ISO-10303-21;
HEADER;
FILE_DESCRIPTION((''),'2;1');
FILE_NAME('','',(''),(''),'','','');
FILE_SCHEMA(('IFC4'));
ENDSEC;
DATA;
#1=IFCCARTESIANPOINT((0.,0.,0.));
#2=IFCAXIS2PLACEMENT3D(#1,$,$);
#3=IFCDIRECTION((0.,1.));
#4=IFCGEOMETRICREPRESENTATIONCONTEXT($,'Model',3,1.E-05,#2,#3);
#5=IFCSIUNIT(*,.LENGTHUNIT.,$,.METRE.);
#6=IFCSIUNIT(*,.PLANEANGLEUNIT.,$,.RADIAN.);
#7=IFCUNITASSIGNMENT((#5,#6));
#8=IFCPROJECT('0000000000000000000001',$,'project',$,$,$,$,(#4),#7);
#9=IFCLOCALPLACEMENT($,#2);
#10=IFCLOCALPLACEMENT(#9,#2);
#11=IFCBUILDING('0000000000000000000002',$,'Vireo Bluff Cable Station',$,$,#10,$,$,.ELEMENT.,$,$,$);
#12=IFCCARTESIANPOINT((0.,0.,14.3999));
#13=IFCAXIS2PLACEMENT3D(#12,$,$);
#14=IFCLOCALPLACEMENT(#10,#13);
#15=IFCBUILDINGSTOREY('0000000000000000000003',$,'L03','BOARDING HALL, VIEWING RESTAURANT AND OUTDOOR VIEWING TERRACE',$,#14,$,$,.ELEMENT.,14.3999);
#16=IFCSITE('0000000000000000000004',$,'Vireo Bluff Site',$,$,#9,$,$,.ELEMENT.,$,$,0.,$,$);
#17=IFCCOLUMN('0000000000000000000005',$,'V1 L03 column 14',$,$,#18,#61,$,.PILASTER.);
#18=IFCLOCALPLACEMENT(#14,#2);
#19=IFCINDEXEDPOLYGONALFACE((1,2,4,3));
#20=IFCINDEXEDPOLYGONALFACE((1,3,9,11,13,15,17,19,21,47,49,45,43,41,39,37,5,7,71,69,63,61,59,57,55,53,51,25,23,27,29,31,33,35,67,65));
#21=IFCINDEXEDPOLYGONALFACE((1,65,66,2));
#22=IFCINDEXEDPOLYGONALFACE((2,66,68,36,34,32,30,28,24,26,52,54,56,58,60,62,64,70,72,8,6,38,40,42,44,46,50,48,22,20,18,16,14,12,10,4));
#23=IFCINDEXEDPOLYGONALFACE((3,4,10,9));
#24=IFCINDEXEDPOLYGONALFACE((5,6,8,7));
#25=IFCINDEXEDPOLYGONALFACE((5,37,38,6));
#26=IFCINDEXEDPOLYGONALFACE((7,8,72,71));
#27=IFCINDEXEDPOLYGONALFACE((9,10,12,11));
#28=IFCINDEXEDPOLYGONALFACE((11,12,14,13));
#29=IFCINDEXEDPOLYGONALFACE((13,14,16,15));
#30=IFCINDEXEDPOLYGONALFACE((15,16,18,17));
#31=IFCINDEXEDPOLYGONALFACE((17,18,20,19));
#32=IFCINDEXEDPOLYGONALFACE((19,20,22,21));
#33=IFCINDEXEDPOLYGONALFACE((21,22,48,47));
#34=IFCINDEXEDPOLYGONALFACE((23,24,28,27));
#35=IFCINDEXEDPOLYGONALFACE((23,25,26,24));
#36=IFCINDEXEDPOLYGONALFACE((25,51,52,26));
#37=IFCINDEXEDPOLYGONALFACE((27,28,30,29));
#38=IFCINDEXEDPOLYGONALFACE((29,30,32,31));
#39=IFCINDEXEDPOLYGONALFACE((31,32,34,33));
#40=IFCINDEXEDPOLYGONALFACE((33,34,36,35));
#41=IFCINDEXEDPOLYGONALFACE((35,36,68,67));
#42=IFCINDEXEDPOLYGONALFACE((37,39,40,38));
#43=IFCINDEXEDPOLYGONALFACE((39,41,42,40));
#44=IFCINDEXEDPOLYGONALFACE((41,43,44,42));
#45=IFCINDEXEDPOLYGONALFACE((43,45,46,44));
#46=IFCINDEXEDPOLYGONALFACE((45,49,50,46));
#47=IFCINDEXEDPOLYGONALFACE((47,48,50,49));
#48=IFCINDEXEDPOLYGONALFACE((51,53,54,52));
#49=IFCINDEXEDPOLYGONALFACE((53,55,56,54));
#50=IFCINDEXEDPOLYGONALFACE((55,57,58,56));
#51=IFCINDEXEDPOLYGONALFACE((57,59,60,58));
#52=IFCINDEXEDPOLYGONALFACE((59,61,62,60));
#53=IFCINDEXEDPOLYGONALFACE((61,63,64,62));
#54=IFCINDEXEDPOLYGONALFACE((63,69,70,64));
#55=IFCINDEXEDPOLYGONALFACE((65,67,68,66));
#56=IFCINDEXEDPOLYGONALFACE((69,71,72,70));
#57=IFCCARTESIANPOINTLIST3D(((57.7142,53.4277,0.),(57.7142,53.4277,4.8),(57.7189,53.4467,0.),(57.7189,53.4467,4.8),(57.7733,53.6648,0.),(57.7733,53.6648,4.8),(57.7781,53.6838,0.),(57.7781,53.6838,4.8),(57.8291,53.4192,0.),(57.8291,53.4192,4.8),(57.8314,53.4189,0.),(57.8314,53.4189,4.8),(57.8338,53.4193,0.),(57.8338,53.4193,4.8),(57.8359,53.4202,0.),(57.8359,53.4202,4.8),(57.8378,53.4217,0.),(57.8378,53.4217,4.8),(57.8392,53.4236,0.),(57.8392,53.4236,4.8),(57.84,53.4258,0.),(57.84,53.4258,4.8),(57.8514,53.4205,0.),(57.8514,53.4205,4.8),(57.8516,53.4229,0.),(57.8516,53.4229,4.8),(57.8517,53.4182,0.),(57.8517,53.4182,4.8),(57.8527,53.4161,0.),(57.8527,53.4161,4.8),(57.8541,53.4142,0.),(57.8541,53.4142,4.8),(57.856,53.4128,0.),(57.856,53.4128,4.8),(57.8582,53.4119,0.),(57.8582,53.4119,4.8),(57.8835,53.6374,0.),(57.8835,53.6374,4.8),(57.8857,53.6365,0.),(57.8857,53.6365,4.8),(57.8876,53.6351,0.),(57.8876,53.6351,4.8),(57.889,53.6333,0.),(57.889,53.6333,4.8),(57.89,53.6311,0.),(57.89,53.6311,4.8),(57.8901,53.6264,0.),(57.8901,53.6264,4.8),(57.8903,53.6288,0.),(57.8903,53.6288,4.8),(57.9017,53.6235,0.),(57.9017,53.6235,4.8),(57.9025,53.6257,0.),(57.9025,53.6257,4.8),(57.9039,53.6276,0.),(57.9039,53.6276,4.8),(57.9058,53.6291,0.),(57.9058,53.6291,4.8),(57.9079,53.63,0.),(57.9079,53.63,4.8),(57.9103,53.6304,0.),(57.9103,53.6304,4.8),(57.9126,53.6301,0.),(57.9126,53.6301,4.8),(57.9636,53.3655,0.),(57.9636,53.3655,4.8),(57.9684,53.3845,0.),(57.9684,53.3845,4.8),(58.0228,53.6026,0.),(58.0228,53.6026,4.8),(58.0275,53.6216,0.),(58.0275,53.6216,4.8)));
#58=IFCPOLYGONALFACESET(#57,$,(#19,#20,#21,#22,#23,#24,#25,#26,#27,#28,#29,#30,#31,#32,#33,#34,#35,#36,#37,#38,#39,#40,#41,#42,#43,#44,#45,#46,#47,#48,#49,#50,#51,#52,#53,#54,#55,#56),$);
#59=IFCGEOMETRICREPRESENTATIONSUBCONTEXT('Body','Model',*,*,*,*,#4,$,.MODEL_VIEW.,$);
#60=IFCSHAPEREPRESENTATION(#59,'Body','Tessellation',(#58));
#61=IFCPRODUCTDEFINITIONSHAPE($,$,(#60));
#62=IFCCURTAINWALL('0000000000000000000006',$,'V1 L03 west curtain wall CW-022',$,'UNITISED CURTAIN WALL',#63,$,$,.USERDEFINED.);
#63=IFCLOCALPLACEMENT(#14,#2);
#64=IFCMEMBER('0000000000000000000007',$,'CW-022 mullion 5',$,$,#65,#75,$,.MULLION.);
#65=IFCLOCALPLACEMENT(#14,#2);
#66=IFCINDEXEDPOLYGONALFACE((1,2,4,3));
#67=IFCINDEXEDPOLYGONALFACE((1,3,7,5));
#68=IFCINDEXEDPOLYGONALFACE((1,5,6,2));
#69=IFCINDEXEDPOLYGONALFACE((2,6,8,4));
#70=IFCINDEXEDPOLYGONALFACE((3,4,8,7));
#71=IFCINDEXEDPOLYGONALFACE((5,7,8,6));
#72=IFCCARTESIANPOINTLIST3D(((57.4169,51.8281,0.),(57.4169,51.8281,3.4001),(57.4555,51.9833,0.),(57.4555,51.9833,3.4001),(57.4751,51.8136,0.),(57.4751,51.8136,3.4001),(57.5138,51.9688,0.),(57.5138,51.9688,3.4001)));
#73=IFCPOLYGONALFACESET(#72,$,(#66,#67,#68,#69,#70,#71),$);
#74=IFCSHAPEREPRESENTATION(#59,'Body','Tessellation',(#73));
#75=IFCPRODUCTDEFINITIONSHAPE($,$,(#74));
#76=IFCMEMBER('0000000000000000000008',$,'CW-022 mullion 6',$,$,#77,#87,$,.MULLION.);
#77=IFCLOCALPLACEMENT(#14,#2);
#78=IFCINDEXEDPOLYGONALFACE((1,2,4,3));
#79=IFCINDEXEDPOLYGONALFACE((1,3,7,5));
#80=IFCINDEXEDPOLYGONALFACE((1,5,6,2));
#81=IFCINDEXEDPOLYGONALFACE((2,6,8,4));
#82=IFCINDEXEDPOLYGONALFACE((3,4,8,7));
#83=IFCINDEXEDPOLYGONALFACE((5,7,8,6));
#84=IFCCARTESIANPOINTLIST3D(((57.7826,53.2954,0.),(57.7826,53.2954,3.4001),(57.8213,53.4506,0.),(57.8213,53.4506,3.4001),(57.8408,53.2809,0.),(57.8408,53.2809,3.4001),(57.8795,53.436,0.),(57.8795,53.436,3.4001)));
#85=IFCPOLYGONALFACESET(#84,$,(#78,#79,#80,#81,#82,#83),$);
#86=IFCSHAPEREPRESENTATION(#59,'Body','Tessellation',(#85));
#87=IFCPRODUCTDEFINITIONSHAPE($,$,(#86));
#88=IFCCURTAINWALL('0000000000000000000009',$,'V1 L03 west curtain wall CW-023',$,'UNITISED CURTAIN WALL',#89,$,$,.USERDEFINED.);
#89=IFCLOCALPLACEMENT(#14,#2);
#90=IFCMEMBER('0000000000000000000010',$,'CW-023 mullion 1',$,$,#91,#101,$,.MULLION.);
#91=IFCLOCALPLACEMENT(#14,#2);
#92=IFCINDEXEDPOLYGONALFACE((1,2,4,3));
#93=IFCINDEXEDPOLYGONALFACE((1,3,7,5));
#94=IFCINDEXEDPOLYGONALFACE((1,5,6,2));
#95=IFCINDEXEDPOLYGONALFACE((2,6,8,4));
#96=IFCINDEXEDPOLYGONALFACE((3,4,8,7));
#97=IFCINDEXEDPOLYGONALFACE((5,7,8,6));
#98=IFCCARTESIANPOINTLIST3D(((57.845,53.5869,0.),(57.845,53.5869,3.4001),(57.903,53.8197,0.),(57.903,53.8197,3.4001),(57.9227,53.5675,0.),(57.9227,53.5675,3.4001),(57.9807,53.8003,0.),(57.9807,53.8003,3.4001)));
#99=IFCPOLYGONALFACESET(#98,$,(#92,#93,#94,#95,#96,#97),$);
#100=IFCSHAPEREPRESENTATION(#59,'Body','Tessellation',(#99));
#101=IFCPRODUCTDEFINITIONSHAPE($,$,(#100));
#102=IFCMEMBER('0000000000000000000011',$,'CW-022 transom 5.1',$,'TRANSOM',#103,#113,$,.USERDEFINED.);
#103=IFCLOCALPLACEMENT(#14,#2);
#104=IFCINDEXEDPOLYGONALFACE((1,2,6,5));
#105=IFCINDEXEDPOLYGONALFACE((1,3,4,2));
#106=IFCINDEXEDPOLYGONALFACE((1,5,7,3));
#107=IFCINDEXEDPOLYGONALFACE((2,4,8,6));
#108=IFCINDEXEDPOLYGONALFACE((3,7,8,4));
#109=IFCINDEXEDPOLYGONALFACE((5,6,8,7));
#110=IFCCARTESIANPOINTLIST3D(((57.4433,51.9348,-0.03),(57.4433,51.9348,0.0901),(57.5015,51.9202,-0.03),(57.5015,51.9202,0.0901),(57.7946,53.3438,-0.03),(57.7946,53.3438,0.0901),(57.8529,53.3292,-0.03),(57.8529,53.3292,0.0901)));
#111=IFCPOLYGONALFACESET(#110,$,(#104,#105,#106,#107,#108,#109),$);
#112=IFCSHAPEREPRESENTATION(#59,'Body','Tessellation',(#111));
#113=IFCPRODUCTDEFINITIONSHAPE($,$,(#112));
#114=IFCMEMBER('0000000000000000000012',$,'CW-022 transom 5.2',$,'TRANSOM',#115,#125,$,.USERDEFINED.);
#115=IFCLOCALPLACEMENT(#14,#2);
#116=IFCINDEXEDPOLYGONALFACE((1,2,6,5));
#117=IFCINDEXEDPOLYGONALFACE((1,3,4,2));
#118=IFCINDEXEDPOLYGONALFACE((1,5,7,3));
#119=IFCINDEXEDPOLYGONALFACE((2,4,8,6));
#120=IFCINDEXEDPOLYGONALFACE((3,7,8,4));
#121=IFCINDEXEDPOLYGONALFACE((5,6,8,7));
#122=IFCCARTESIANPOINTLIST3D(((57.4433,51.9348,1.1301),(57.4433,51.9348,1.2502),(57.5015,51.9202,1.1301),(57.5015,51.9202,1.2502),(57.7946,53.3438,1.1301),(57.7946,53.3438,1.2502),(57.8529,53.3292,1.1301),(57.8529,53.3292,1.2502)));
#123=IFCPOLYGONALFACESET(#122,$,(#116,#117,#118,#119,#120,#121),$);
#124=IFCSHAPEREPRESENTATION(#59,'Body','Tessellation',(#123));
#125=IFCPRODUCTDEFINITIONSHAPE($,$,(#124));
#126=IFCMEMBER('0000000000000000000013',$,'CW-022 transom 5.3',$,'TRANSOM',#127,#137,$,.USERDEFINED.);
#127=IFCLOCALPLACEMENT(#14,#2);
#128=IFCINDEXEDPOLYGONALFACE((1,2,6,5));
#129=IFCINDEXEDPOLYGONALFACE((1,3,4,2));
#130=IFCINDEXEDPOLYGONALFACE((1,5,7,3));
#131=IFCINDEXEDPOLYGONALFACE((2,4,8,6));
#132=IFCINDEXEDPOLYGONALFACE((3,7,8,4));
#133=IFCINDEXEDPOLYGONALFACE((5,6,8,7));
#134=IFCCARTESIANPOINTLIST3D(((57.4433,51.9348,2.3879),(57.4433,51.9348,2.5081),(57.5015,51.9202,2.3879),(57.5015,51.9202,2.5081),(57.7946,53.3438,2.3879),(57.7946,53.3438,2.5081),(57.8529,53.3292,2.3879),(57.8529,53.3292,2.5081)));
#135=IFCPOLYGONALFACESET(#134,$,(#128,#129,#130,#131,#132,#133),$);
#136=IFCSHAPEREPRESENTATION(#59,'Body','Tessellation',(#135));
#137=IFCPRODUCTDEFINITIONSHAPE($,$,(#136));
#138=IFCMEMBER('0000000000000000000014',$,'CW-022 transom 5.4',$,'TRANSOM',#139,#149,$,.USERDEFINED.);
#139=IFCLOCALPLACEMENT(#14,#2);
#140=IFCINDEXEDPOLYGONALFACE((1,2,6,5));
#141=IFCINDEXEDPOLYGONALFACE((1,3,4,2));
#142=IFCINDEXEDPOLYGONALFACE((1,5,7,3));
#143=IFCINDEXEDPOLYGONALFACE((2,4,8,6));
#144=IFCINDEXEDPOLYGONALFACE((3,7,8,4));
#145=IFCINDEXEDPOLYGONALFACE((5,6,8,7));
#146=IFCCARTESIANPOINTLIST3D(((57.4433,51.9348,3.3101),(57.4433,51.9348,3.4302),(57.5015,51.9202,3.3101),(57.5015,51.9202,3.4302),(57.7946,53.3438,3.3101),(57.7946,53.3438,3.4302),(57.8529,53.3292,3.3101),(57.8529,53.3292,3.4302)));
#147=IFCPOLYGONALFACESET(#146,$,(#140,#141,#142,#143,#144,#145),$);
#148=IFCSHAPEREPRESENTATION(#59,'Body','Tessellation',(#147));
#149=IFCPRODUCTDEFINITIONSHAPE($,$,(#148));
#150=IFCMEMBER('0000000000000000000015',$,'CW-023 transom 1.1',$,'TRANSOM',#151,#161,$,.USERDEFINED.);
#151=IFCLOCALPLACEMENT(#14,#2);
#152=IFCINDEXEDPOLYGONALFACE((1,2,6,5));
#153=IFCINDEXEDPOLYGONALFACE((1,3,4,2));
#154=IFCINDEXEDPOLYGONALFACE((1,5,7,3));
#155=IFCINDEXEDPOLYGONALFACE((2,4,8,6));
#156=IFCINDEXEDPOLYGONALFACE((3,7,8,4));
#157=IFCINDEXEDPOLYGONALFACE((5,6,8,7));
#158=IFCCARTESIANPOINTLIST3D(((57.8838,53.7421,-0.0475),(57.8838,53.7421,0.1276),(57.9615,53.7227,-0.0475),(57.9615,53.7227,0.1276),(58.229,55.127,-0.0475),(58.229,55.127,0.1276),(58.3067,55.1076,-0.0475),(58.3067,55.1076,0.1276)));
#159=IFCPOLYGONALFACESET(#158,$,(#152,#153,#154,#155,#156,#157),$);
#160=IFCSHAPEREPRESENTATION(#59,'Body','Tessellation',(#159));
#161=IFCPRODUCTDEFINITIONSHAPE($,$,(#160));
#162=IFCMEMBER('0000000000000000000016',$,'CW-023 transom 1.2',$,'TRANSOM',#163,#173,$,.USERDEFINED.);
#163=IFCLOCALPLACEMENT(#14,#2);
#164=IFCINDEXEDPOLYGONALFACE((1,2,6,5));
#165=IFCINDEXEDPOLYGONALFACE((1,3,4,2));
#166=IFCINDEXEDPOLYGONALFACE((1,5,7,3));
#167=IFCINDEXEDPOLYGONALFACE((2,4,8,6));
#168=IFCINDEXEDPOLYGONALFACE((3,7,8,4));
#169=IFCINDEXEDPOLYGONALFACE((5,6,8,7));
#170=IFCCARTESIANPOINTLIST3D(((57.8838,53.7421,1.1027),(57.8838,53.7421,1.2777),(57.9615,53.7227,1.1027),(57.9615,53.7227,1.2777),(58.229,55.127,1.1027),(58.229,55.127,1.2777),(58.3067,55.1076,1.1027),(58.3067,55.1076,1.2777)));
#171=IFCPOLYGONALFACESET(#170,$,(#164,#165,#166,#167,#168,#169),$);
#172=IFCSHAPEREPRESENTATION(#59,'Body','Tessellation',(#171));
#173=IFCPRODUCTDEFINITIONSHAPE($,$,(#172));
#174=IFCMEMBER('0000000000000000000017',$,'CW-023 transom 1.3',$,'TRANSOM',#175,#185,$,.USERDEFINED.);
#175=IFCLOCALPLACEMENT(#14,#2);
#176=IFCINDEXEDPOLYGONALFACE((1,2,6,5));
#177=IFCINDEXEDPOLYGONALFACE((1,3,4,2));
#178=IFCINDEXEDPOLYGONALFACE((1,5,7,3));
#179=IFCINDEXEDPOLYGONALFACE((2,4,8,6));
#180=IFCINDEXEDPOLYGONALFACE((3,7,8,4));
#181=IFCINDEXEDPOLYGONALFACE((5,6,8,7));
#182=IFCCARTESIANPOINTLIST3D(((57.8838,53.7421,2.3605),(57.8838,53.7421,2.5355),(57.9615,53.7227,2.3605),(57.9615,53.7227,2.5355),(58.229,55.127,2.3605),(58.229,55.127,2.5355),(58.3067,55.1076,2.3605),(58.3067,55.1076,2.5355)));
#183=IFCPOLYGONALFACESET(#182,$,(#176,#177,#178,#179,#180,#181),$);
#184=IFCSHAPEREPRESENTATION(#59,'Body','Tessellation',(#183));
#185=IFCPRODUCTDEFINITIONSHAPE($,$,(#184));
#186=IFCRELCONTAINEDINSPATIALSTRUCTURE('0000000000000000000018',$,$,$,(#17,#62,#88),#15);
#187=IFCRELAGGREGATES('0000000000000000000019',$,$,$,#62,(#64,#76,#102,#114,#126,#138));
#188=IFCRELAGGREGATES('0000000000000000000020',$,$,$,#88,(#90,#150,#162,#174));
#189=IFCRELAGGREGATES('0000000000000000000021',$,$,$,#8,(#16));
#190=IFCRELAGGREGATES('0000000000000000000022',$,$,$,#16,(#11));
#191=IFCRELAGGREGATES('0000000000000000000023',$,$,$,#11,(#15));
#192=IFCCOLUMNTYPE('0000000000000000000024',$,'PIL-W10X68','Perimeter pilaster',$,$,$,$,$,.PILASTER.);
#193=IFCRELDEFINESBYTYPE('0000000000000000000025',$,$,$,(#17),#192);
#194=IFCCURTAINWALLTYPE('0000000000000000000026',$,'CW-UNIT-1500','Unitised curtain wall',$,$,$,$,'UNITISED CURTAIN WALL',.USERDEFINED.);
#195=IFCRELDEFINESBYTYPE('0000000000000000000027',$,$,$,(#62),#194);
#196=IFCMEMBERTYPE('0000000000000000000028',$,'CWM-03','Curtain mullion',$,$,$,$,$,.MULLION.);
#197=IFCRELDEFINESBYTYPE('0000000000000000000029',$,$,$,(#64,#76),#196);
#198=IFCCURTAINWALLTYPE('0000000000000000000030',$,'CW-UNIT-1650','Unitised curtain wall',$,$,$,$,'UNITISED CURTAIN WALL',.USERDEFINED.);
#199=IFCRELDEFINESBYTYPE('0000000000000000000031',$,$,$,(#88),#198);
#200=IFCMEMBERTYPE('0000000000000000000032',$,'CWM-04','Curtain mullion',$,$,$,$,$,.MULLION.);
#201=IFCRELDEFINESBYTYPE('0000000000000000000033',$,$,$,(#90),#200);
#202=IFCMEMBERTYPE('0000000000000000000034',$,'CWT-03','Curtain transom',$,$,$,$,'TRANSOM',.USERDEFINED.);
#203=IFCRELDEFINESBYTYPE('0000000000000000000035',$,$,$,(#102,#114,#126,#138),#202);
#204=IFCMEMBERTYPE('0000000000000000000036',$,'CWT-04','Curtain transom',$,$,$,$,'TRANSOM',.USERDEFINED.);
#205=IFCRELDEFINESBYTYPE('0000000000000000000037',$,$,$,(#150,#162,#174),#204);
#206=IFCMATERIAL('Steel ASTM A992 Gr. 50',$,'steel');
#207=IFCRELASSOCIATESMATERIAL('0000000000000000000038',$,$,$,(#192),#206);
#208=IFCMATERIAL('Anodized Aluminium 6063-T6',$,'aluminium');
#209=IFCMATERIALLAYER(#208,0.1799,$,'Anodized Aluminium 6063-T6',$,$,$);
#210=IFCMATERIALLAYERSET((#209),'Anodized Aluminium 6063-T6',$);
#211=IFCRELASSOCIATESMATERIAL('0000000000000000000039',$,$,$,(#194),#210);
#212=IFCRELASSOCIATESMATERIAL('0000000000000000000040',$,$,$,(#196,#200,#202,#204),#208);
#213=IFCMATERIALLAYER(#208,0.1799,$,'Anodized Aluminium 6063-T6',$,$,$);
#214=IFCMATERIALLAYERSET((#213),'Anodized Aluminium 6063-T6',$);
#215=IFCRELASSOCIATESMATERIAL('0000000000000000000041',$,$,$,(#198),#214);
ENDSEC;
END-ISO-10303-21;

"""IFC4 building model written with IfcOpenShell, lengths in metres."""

from ifc_helpers import new_model, si_unit, direction, frame, origin, origin_2d, place, context, subcontext, project, spatial, rectangle, i_section, extrude, material, layer, layer_set, material_profile, profile_set, type_object, element, aggregate, save


model = new_model("IFC4")

# Units and contexts
model_context = context("Model", 3, precision=1e-05, world=origin(), true_north=direction((0.0, 1.0)))
body_context = subcontext(model_context, "Body", "Model", "MODEL_VIEW")
ifc_project = project(units=[si_unit("LENGTHUNIT", "METRE"), si_unit("PLANEANGLEUNIT", "RADIAN")], contexts=[model_context])

# Site, building, storey
site_placement = place(None, origin())
site = spatial("IfcSite", under=ifc_project, at=site_placement, Name="Vireo Bluff Site", CompositionType="ELEMENT", RefElevation=0.0)
building_placement = place(site_placement, origin())
building = spatial("IfcBuilding", under=site, at=building_placement, Name="Vireo Bluff Cable Station", CompositionType="ELEMENT")
storey_placement = place(building_placement, frame((0.0, 0.0, 14.3999)))
storey = spatial("IfcBuildingStorey", under=building, at=storey_placement, Name="L03", Description="BOARDING HALL, VIEWING RESTAURANT AND OUTDOOR VIEWING TERRACE", CompositionType="ELEMENT", Elevation=14.3999)

# Column
ifc_material_1 = material(Name="Steel ASTM A992 Gr. 50", Category="steel")
ifc_material_profile_1 = material_profile(ifc_material_1, i_section(OverallWidth=0.2571, OverallDepth=0.2639, WebThickness=0.012, FlangeThickness=0.0195, FilletRadius=0.009, at=origin_2d()), Name="W10X68")
ifc_profile_set_1 = profile_set([ifc_material_profile_1], Name="Steel ASTM A992 Gr. 50")
column_type = type_object("IfcColumnType", Name="PIL-W10X68", Description="Perimeter pilaster", PredefinedType="PILASTER", material=ifc_profile_set_1)
column_placement = place(storey_placement, frame((57.8708, 53.5247, 0.0), z_axis=(0.0, 0.0, 1.0), x_axis=(0.970296, -0.241922, 0.0)))
element("IfcColumn", 1, at=column_placement, inside=storey, type_object=column_type, Name="V1 L03 column 14", PredefinedType="PILASTER", context=body_context, shape_type="SweptSolid", body=[
    extrude(i_section(OverallWidth=0.2571, OverallDepth=0.2639, WebThickness=0.012, FlangeThickness=0.0195, FilletRadius=0.009, at=origin_2d()), origin(), (0.0, 0.0, 1.0), 4.8),
])

# Curtain wall, members
ifc_material_2 = material(Name="Anodized Aluminium 6063-T6", Category="aluminium")
ifc_layer_1 = layer(ifc_material_2, 0.1799, Name="Anodized Aluminium 6063-T6")
ifc_layer_set_1 = layer_set([ifc_layer_1], Name="Anodized Aluminium 6063-T6")
curtain_wall_type_1 = type_object("IfcCurtainWallType", Name="CW-UNIT-1500", Description="Unitised curtain wall", ElementType="UNITISED CURTAIN WALL", PredefinedType="USERDEFINED", material=ifc_layer_set_1)
curtain_wall_1_placement = place(storey_placement, origin())
curtain_wall_1 = element("IfcCurtainWall", 2, at=curtain_wall_1_placement, inside=storey, type_object=curtain_wall_type_1, Name="V1 L03 west curtain wall CW-022", ObjectType="UNITISED CURTAIN WALL", PredefinedType="USERDEFINED")
ifc_material_profile_2 = material_profile(ifc_material_2, rectangle(XDim=0.0601, YDim=0.1599, at=origin_2d()), Name="ALU-M-60X160")
ifc_profile_set_2 = profile_set([ifc_material_profile_2], Name="Anodized Aluminium 6063-T6")
member_type_1 = type_object("IfcMemberType", Name="CWM-03", Description="Curtain mullion", PredefinedType="MULLION", material=ifc_profile_set_2)
member_1_placement = place(storey_placement, frame((57.4653, 51.8984, 0.0), z_axis=(0.0, 0.0, 1.0), x_axis=(-0.970296, 0.241922, 0.0)))
member_1 = element("IfcMember", 3, at=member_1_placement, type_object=member_type_1, Name="CW-022 mullion 5", PredefinedType="MULLION", context=body_context, shape_type="SweptSolid", body=[
    extrude(rectangle(XDim=0.0601, YDim=0.1599, at=origin_2d()), origin(), (0.0, 0.0, 1.0), 3.4001),
])
member_2_placement = place(storey_placement, frame((57.8311, 53.3657, 0.0), z_axis=(0.0, 0.0, 1.0), x_axis=(-0.970296, 0.241922, 0.0)))
member_2 = element("IfcMember", 4, at=member_2_placement, type_object=member_type_1, Name="CW-022 mullion 6", PredefinedType="MULLION", context=body_context, shape_type="SweptSolid", body=[
    extrude(rectangle(XDim=0.0601, YDim=0.1599, at=origin_2d()), origin(), (0.0, 0.0, 1.0), 3.4001),
])

# Curtain wall, member
ifc_layer_2 = layer(ifc_material_2, 0.1799, Name="Anodized Aluminium 6063-T6")
ifc_layer_set_2 = layer_set([ifc_layer_2], Name="Anodized Aluminium 6063-T6")
curtain_wall_type_2 = type_object("IfcCurtainWallType", Name="CW-UNIT-1650", Description="Unitised curtain wall", ElementType="UNITISED CURTAIN WALL", PredefinedType="USERDEFINED", material=ifc_layer_set_2)
curtain_wall_2_placement = place(storey_placement, origin())
curtain_wall_2 = element("IfcCurtainWall", 5, at=curtain_wall_2_placement, inside=storey, type_object=curtain_wall_type_2, Name="V1 L03 west curtain wall CW-023", ObjectType="UNITISED CURTAIN WALL", PredefinedType="USERDEFINED")
ifc_material_profile_3 = material_profile(ifc_material_2, rectangle(XDim=0.0801, YDim=0.24, at=origin_2d()), Name="ALU-M-80X240")
ifc_profile_set_3 = profile_set([ifc_material_profile_3], Name="Anodized Aluminium 6063-T6")
member_type_2 = type_object("IfcMemberType", Name="CWM-04", Description="Curtain mullion", PredefinedType="MULLION", material=ifc_profile_set_3)
member_3_placement = place(storey_placement, frame((57.9128, 53.6936, 0.0), z_axis=(0.0, 0.0, 1.0), x_axis=(-0.970296, 0.241922, 0.0)))
member_3 = element("IfcMember", 6, at=member_3_placement, type_object=member_type_2, Name="CW-023 mullion 1", PredefinedType="MULLION", context=body_context, shape_type="SweptSolid", body=[
    extrude(rectangle(XDim=0.0801, YDim=0.24, at=origin_2d()), origin(), (0.0, 0.0, 1.0), 3.4001),
])

# Members
ifc_material_profile_4 = material_profile(ifc_material_2, rectangle(XDim=0.0601, YDim=0.1201, at=origin_2d()), Name="ALU-T-60X120")
ifc_profile_set_4 = profile_set([ifc_material_profile_4], Name="Anodized Aluminium 6063-T6")
member_type_3 = type_object("IfcMemberType", Name="CWT-03", Description="Curtain transom", ElementType="TRANSOM", PredefinedType="USERDEFINED", material=ifc_profile_set_4)
member_4_placement = place(storey_placement, frame((57.4724, 51.9275, 0.03), z_axis=(0.241942, 0.970291, 0.0), x_axis=(-0.970291, 0.241942, 0.0)))
member_4 = element("IfcMember", 7, at=member_4_placement, type_object=member_type_3, Name="CW-022 transom 5.1", ObjectType="TRANSOM", PredefinedType="USERDEFINED", context=body_context, shape_type="SweptSolid", body=[
    extrude(rectangle(XDim=0.0601, YDim=0.1201, at=origin_2d()), origin(), (0.0, 0.0, 1.0), 1.4521),
])
member_5_placement = place(storey_placement, frame((57.4724, 51.9275, 1.1902), z_axis=(0.241942, 0.970291, 0.0), x_axis=(-0.970291, 0.241942, 0.0)))
member_5 = element("IfcMember", 8, at=member_5_placement, type_object=member_type_3, Name="CW-022 transom 5.2", ObjectType="TRANSOM", PredefinedType="USERDEFINED", context=body_context, shape_type="SweptSolid", body=[
    extrude(rectangle(XDim=0.0601, YDim=0.1201, at=origin_2d()), origin(), (0.0, 0.0, 1.0), 1.4521),
])
member_6_placement = place(storey_placement, frame((57.4724, 51.9275, 2.448), z_axis=(0.241942, 0.970291, 0.0), x_axis=(-0.970291, 0.241942, 0.0)))
member_6 = element("IfcMember", 9, at=member_6_placement, type_object=member_type_3, Name="CW-022 transom 5.3", ObjectType="TRANSOM", PredefinedType="USERDEFINED", context=body_context, shape_type="SweptSolid", body=[
    extrude(rectangle(XDim=0.0601, YDim=0.1201, at=origin_2d()), origin(), (0.0, 0.0, 1.0), 1.4521),
])
member_7_placement = place(storey_placement, frame((57.4724, 51.9275, 3.3701), z_axis=(0.241942, 0.970291, 0.0), x_axis=(-0.970291, 0.241942, 0.0)))
member_7 = element("IfcMember", 10, at=member_7_placement, type_object=member_type_3, Name="CW-022 transom 5.4", ObjectType="TRANSOM", PredefinedType="USERDEFINED", context=body_context, shape_type="SweptSolid", body=[
    extrude(rectangle(XDim=0.0601, YDim=0.1201, at=origin_2d()), origin(), (0.0, 0.0, 1.0), 1.4521),
])
ifc_material_profile_5 = material_profile(ifc_material_2, rectangle(XDim=0.0801, YDim=0.175, at=origin_2d()), Name="ALU-T-80X175")
ifc_profile_set_5 = profile_set([ifc_material_profile_5], Name="Anodized Aluminium 6063-T6")
member_type_4 = type_object("IfcMemberType", Name="CWT-04", Description="Curtain transom", ElementType="TRANSOM", PredefinedType="USERDEFINED", material=ifc_profile_set_5)
member_8_placement = place(storey_placement, frame((57.9226, 53.7324, 0.04), z_axis=(0.241892, 0.970303, 0.0), x_axis=(-0.970303, 0.241892, 0.0)))
member_8 = element("IfcMember", 11, at=member_8_placement, type_object=member_type_4, Name="CW-023 transom 1.1", ObjectType="TRANSOM", PredefinedType="USERDEFINED", context=body_context, shape_type="SweptSolid", body=[
    extrude(rectangle(XDim=0.0801, YDim=0.175, at=origin_2d()), origin(), (0.0, 0.0, 1.0), 1.4272),
])
member_9_placement = place(storey_placement, frame((57.9226, 53.7324, 1.1902), z_axis=(0.241892, 0.970303, 0.0), x_axis=(-0.970303, 0.241892, 0.0)))
member_9 = element("IfcMember", 12, at=member_9_placement, type_object=member_type_4, Name="CW-023 transom 1.2", ObjectType="TRANSOM", PredefinedType="USERDEFINED", context=body_context, shape_type="SweptSolid", body=[
    extrude(rectangle(XDim=0.0801, YDim=0.175, at=origin_2d()), origin(), (0.0, 0.0, 1.0), 1.4272),
])
member_10_placement = place(storey_placement, frame((57.9226, 53.7324, 2.448), z_axis=(0.241892, 0.970303, 0.0), x_axis=(-0.970303, 0.241892, 0.0)))
member_10 = element("IfcMember", 13, at=member_10_placement, type_object=member_type_4, Name="CW-023 transom 1.3", ObjectType="TRANSOM", PredefinedType="USERDEFINED", context=body_context, shape_type="SweptSolid", body=[
    extrude(rectangle(XDim=0.0801, YDim=0.175, at=origin_2d()), origin(), (0.0, 0.0, 1.0), 1.4272),
])

aggregate(curtain_wall_1, [member_1, member_2, member_4, member_5, member_6, member_7])
aggregate(curtain_wall_2, [member_3, member_8, member_9, member_10])

save(model, "model.ifc")
